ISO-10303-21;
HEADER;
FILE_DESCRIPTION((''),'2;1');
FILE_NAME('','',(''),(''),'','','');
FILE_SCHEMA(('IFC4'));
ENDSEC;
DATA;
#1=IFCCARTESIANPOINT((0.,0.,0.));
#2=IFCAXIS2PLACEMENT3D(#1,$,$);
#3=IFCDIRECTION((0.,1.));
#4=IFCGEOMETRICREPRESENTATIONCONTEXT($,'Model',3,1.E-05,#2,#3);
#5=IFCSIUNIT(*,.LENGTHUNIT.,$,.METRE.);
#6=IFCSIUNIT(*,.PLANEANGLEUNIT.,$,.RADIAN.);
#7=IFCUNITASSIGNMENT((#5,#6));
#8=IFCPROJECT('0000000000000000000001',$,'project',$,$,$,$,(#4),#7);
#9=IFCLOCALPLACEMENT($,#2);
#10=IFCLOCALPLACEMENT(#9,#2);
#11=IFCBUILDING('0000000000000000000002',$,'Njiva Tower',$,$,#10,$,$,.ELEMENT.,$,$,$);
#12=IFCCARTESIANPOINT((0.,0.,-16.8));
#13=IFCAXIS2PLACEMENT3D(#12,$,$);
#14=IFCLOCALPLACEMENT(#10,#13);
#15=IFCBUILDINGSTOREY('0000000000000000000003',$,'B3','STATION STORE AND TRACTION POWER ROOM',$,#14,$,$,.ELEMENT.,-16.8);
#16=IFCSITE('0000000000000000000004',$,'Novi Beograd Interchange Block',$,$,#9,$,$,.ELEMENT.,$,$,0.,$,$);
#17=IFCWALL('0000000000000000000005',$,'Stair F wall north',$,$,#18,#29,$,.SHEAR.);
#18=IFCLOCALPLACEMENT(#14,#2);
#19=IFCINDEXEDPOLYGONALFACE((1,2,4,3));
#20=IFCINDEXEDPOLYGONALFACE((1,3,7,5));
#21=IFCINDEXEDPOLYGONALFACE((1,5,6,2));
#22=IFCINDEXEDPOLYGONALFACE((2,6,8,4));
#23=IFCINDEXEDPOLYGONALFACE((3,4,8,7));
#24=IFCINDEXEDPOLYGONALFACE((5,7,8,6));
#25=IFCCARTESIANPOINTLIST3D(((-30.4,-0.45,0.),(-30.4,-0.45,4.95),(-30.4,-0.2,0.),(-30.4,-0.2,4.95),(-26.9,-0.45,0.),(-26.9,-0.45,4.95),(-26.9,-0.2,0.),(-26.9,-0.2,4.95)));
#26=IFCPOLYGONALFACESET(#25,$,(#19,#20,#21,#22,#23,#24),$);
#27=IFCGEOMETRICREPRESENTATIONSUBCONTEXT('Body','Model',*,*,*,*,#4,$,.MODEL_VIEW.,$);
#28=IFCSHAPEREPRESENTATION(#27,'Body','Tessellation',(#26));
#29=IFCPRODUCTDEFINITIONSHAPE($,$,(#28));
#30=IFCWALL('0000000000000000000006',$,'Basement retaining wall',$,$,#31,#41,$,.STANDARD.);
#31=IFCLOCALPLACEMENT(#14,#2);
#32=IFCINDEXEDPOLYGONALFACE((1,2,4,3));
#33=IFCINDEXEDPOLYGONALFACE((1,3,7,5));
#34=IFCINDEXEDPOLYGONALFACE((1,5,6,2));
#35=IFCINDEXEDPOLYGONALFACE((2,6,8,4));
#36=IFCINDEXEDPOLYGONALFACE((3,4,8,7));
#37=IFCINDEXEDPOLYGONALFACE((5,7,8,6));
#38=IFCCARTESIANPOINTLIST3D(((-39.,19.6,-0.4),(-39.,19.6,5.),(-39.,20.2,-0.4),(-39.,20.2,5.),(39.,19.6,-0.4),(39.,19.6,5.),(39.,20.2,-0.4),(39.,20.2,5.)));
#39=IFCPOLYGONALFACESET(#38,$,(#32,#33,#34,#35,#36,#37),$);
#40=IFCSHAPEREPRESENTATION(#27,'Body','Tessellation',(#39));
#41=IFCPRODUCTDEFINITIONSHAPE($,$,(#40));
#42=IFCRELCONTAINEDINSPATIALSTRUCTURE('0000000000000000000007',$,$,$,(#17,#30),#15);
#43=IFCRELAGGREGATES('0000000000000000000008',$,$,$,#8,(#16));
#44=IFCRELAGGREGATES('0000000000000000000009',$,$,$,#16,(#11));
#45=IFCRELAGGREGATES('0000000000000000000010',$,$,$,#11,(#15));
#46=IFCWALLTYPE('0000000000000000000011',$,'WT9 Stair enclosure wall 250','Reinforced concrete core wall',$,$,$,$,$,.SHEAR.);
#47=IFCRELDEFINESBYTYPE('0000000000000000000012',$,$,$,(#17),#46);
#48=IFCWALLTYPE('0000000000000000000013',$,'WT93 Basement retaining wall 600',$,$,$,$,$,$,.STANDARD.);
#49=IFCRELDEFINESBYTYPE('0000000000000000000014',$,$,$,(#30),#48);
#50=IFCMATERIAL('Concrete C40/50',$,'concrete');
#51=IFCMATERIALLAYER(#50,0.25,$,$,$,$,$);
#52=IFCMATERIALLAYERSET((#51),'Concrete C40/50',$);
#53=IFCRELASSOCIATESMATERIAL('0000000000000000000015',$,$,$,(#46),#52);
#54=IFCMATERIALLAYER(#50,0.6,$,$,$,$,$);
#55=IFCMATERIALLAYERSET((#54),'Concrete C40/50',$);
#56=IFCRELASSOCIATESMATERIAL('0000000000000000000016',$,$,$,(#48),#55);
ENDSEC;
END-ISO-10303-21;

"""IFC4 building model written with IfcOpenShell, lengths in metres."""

from ifc_helpers import new_model, si_unit, direction, frame, frame_2d, origin, place, context, subcontext, project, spatial, rectangle, extrude, material, layer, layer_set, type_object, element, save


model = new_model("IFC4")

# Units and contexts
model_context = context("Model", 3, precision=1e-05, world=origin(), true_north=direction((0.0, 1.0)))
body_context = subcontext(model_context, "Body", "Model", "MODEL_VIEW")
ifc_project = project(units=[si_unit("LENGTHUNIT", "METRE"), si_unit("PLANEANGLEUNIT", "RADIAN")], contexts=[model_context])

# Site, building, storey
site_placement = place(None, origin())
site = spatial("IfcSite", under=ifc_project, at=site_placement, Name="Novi Beograd Interchange Block", CompositionType="ELEMENT", RefElevation=0.0)
building_placement = place(site_placement, origin())
building = spatial("IfcBuilding", under=site, at=building_placement, Name="Njiva Tower", CompositionType="ELEMENT")
storey_placement = place(building_placement, frame((0.0, 0.0, -16.8)))
storey = spatial("IfcBuildingStorey", under=building, at=storey_placement, Name="B3", Description="STATION STORE AND TRACTION POWER ROOM", CompositionType="ELEMENT", Elevation=-16.8)

# Walls
ifc_material_1 = material(Name="Concrete C40/50", Category="concrete")
ifc_layer_1 = layer(ifc_material_1, 0.25)
ifc_layer_set_1 = layer_set([ifc_layer_1], Name="Concrete C40/50")
wall_type_1 = type_object("IfcWallType", Name="WT9 Stair enclosure wall 250", Description="Reinforced concrete core wall", PredefinedType="SHEAR", material=ifc_layer_set_1)
wall_1_placement = place(storey_placement, frame((-30.4, -0.325, 0.0), z_axis=(0.0, 0.0, 1.0), x_axis=(1.0, 0.0, 0.0)))
element("IfcWall", 1, at=wall_1_placement, inside=storey, type_object=wall_type_1, Name="Stair F wall north", PredefinedType="SHEAR", context=body_context, shape_type="SweptSolid", body=[
    extrude(rectangle(XDim=3.5, YDim=0.25, at=frame_2d((1.75, 0.0))), origin(), (0.0, 0.0, 1.0), 4.95),
])
ifc_layer_2 = layer(ifc_material_1, 0.6)
ifc_layer_set_2 = layer_set([ifc_layer_2], Name="Concrete C40/50")
wall_type_2 = type_object("IfcWallType", Name="WT93 Basement retaining wall 600", PredefinedType="STANDARD", material=ifc_layer_set_2)
wall_2_placement = place(storey_placement, frame((-39.0, 19.9, -0.4), z_axis=(0.0, 0.0, 1.0), x_axis=(1.0, 0.0, 0.0)))
element("IfcWall", 2, at=wall_2_placement, inside=storey, type_object=wall_type_2, Name="Basement retaining wall", PredefinedType="STANDARD", context=body_context, shape_type="SweptSolid", body=[
    extrude(rectangle(XDim=78.0, YDim=0.6, at=frame_2d((39.0, 0.0))), origin(), (0.0, 0.0, 1.0), 5.4),
])

save(model, "model.ifc")
